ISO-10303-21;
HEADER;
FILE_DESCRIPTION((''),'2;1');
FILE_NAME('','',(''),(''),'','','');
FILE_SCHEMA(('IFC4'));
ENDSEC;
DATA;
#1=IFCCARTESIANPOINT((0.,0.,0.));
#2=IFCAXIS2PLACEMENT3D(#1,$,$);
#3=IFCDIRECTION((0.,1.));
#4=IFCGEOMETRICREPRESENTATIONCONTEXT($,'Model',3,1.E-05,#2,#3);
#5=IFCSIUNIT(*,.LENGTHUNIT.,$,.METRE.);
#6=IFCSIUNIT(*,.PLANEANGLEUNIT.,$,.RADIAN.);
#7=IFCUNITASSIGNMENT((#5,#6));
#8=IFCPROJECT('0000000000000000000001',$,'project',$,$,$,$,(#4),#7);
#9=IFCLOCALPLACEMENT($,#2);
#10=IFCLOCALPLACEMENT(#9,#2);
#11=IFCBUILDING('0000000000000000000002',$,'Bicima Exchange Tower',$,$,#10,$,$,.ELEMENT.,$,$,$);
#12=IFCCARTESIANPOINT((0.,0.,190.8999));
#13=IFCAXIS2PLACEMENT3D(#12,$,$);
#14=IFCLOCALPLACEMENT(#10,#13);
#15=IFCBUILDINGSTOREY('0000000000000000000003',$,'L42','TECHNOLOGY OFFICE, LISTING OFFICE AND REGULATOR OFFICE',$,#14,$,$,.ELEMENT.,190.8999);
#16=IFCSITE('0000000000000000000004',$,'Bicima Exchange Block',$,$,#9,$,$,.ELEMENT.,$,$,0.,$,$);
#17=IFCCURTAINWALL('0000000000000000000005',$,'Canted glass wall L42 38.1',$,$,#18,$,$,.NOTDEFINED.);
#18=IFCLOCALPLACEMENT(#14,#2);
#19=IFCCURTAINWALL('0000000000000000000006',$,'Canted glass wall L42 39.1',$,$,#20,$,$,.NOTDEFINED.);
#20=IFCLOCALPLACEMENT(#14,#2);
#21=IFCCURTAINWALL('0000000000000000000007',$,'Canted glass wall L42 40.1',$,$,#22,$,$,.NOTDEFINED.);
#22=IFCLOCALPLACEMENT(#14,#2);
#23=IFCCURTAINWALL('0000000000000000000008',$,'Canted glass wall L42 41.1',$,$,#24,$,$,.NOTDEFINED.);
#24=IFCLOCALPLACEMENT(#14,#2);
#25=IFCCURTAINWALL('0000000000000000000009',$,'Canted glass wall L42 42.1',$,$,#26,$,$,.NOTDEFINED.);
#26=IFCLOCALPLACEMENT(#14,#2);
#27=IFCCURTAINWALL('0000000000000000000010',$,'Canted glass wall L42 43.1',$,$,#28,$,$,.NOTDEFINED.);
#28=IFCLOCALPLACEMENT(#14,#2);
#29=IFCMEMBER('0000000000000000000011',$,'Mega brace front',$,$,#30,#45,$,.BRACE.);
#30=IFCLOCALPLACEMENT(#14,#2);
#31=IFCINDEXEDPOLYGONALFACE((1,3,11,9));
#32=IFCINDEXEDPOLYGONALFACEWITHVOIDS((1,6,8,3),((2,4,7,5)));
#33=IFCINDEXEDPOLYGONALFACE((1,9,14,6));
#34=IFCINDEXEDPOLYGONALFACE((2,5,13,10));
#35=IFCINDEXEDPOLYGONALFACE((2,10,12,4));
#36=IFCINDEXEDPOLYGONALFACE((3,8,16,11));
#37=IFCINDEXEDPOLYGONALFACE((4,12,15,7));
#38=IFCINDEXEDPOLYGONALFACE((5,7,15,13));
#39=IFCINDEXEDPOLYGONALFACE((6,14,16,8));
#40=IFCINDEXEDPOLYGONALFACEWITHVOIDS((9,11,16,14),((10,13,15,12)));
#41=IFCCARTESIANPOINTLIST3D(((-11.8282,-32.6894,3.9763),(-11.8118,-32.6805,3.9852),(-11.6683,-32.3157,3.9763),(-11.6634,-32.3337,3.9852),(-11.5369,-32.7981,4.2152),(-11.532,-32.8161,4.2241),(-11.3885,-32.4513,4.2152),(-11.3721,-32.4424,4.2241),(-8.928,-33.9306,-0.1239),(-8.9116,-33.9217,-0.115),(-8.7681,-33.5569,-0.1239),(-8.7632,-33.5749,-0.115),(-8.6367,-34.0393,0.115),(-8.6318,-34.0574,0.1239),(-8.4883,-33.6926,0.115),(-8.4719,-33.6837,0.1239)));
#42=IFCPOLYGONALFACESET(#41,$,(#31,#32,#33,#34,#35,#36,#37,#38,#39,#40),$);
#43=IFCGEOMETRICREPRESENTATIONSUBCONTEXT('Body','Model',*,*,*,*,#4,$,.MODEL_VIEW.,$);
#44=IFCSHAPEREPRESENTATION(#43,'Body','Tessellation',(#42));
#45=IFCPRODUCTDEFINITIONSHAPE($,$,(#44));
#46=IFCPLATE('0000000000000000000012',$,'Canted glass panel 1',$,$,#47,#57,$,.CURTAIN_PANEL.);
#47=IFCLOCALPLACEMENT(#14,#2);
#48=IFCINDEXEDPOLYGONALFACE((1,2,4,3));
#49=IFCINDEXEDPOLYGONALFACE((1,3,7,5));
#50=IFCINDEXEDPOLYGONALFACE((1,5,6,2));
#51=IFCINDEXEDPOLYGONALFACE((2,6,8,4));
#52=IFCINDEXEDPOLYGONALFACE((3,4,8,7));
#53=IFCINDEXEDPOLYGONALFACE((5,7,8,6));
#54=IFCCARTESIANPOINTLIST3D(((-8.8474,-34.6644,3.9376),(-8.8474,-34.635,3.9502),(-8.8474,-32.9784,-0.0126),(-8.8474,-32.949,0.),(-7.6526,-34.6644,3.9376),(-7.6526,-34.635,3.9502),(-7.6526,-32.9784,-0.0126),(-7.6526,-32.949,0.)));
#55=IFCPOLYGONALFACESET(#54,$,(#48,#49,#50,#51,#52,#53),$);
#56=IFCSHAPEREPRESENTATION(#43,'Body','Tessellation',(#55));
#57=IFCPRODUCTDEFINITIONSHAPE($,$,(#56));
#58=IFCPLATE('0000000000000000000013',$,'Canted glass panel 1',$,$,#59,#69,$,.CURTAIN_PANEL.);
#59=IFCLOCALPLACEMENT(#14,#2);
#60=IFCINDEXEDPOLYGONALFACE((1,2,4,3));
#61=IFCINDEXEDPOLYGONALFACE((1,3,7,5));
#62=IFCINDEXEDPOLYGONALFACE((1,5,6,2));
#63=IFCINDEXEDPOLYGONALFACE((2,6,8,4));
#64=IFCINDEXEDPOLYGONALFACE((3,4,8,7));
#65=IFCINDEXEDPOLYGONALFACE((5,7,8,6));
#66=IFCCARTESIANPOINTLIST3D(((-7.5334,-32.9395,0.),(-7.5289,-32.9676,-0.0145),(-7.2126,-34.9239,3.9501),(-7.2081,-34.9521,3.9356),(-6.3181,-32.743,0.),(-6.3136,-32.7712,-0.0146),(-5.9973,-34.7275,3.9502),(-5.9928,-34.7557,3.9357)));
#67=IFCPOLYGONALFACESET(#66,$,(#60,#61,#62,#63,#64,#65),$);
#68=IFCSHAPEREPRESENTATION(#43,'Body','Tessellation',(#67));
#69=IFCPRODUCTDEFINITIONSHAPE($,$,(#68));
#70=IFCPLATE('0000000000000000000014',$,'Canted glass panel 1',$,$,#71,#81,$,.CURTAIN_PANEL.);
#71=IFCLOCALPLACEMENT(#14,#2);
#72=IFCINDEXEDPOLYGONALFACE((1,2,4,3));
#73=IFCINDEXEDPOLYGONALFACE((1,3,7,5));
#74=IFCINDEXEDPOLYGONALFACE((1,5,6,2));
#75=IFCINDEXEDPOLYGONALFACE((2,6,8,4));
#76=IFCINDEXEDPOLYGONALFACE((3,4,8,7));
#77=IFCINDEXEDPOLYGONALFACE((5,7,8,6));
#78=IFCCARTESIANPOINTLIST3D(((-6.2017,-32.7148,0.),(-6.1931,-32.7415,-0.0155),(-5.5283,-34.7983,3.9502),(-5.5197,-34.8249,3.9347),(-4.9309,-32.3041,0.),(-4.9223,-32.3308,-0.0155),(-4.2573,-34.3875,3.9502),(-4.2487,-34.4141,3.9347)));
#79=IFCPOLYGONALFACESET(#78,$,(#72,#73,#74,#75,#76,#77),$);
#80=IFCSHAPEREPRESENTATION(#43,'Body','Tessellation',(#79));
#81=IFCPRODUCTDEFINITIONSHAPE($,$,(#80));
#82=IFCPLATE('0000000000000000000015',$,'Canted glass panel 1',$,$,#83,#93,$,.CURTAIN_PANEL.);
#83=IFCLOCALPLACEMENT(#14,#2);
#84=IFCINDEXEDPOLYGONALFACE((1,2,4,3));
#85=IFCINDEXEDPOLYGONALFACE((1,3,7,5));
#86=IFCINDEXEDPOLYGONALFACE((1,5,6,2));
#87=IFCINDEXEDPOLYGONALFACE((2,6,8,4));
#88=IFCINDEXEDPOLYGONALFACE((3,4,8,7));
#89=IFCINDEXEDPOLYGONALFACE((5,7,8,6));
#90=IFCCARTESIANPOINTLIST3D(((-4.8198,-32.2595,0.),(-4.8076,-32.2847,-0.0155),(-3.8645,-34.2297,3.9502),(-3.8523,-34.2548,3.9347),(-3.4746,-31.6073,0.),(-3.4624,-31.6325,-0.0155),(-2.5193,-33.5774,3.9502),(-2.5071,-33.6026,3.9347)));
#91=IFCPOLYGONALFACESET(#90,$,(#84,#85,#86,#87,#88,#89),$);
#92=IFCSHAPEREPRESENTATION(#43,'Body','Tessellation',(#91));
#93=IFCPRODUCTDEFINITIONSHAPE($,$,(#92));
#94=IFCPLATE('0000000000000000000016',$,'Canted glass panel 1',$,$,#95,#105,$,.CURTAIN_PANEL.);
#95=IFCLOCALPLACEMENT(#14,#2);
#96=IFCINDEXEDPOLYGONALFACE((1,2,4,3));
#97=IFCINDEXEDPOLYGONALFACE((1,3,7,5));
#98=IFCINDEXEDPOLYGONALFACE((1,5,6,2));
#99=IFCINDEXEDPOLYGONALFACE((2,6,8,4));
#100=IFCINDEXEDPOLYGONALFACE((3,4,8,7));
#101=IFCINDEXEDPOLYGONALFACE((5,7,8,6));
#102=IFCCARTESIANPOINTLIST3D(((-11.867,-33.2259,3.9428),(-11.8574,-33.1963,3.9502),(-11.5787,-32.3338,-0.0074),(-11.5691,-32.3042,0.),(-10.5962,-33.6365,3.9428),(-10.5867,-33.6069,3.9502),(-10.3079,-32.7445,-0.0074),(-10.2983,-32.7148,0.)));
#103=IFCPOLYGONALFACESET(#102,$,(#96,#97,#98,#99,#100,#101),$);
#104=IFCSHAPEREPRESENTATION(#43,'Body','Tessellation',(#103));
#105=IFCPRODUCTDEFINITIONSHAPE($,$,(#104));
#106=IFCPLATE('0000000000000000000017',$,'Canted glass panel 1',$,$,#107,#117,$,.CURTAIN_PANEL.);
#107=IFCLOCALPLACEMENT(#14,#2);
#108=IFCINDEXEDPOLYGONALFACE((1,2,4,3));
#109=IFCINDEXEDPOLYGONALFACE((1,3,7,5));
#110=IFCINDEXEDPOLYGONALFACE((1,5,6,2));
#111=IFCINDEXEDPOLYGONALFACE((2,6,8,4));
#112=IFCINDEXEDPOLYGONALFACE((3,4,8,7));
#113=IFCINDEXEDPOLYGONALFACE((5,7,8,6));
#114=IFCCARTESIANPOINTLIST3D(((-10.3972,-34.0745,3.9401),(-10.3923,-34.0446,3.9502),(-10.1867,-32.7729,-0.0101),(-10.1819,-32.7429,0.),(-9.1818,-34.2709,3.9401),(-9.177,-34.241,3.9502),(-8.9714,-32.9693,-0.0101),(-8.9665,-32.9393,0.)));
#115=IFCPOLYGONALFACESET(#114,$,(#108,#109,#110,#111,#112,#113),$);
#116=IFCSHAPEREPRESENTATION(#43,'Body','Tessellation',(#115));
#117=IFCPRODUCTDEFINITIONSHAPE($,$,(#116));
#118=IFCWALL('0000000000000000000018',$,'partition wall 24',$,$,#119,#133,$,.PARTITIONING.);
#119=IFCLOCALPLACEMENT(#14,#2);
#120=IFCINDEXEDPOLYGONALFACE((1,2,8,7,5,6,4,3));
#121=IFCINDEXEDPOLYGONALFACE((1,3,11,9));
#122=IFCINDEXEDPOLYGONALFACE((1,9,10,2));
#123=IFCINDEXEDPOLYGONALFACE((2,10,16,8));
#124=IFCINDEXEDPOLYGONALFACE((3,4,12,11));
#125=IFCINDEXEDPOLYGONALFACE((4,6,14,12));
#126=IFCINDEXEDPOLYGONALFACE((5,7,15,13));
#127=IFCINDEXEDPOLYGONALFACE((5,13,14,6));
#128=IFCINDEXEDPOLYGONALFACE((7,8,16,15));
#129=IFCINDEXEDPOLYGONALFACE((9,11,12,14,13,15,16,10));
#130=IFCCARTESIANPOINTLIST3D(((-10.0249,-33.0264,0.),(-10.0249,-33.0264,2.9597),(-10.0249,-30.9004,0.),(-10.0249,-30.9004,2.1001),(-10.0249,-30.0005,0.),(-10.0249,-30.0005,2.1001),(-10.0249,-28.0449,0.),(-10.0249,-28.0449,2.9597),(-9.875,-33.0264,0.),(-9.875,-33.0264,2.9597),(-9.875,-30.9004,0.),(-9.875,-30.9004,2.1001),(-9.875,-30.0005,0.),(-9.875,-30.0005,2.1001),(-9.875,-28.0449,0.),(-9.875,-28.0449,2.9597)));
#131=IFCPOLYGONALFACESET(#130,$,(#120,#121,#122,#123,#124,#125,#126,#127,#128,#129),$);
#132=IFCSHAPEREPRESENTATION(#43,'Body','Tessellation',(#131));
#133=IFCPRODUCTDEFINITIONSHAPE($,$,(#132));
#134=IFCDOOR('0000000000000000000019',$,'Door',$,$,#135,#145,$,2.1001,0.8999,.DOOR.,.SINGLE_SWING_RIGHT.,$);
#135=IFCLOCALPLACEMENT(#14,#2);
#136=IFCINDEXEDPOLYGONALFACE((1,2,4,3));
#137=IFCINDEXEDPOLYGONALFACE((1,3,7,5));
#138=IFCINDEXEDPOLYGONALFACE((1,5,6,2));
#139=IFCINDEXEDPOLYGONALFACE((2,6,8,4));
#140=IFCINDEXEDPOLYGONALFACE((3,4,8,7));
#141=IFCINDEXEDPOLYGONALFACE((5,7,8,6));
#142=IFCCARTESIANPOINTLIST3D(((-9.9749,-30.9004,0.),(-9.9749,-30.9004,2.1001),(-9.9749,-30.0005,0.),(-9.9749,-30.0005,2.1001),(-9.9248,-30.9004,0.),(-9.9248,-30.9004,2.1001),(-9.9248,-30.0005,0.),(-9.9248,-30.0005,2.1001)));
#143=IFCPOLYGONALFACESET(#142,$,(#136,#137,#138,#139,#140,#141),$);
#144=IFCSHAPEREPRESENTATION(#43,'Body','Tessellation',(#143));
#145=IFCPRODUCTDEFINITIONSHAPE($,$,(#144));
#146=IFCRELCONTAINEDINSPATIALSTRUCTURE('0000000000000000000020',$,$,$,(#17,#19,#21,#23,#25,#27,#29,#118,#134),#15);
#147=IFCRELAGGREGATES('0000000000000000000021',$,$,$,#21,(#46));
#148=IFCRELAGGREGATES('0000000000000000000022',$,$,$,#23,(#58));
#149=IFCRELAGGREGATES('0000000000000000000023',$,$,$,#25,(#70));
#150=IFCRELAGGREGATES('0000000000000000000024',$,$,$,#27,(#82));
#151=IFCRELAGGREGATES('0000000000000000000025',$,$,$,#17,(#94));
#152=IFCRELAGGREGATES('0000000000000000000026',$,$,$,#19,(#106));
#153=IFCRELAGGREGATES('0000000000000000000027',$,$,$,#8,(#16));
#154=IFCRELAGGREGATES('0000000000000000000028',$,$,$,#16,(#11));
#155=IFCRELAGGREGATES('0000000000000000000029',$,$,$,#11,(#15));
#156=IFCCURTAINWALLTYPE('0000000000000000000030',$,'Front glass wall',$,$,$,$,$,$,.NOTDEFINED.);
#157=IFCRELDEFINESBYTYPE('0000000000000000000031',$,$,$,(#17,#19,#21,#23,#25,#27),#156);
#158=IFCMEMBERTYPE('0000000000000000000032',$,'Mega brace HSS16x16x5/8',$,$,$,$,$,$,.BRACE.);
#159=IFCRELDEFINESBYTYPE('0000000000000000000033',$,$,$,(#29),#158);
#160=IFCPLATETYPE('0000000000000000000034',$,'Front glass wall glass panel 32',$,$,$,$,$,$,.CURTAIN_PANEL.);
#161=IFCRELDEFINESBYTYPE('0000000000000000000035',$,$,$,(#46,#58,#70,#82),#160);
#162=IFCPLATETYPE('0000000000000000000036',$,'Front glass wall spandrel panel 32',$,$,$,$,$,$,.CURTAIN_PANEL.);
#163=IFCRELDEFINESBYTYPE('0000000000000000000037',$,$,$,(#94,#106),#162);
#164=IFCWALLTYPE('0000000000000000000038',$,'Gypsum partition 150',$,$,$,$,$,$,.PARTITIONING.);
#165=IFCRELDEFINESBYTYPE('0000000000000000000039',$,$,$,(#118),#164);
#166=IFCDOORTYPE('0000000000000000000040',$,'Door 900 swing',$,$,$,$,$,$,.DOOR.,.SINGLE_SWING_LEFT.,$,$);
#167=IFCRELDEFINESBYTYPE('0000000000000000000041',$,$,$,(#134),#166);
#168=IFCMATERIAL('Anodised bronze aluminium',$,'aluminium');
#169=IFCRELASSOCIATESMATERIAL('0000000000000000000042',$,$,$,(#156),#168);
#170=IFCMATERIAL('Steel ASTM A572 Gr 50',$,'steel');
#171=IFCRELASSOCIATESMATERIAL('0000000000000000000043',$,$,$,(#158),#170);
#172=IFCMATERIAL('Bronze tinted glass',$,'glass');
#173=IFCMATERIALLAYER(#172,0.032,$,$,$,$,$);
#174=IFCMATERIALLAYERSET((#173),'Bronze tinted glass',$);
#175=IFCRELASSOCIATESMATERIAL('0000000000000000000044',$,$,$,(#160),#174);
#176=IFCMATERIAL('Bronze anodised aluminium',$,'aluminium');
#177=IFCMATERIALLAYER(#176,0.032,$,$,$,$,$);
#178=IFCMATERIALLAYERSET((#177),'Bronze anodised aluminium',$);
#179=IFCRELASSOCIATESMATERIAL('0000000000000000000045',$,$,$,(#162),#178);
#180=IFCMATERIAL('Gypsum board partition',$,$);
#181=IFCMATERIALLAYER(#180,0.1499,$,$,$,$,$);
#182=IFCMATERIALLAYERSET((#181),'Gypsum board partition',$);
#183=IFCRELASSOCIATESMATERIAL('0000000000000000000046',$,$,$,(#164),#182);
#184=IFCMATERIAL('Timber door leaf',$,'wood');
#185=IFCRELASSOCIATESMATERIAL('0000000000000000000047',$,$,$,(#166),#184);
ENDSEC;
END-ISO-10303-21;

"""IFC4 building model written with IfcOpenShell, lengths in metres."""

from ifc_helpers import new_model, si_unit, direction, frame, frame_2d, origin, origin_2d, place, context, subcontext, project, spatial, polyline, rectangle, hollow_rectangle, outline, extrude, material, layer, layer_set, material_profile, profile_set, type_object, element, fill, aggregate, save


model = new_model("IFC4")

# Units and contexts
model_context = context("Model", 3, precision=1e-05, world=origin(), true_north=direction((0.0, 1.0)))
body_context = subcontext(model_context, "Body", "Model", "MODEL_VIEW")
ifc_project = project(units=[si_unit("LENGTHUNIT", "METRE"), si_unit("PLANEANGLEUNIT", "RADIAN")], contexts=[model_context])

# Site, building, storey
site_placement = place(None, origin())
site = spatial("IfcSite", under=ifc_project, at=site_placement, Name="Bicima Exchange Block", CompositionType="ELEMENT", RefElevation=0.0)
building_placement = place(site_placement, origin())
building = spatial("IfcBuilding", under=site, at=building_placement, Name="Bicima Exchange Tower", CompositionType="ELEMENT")
storey_placement = place(building_placement, frame((0.0, 0.0, 190.8999)))
storey = spatial("IfcBuildingStorey", under=building, at=storey_placement, Name="L42", Description="TECHNOLOGY OFFICE, LISTING OFFICE AND REGULATOR OFFICE", CompositionType="ELEMENT", Elevation=190.8999)

# Shared definitions
ifc_material_1 = material(Name="Anodised bronze aluminium", Category="aluminium")
curtain_wall_type = type_object("IfcCurtainWallType", Name="Front glass wall", PredefinedType="NOTDEFINED", material=ifc_material_1)

# Curtain walls
curtain_wall_1_placement = place(storey_placement, origin())
curtain_wall_1 = element("IfcCurtainWall", 1, at=curtain_wall_1_placement, inside=storey, type_object=curtain_wall_type, Name="Canted glass wall L42 38.1", PredefinedType="NOTDEFINED")
curtain_wall_2_placement = place(storey_placement, origin())
curtain_wall_2 = element("IfcCurtainWall", 2, at=curtain_wall_2_placement, inside=storey, type_object=curtain_wall_type, Name="Canted glass wall L42 39.1", PredefinedType="NOTDEFINED")
curtain_wall_3_placement = place(storey_placement, origin())
curtain_wall_3 = element("IfcCurtainWall", 3, at=curtain_wall_3_placement, inside=storey, type_object=curtain_wall_type, Name="Canted glass wall L42 40.1", PredefinedType="NOTDEFINED")
curtain_wall_4_placement = place(storey_placement, origin())
curtain_wall_4 = element("IfcCurtainWall", 4, at=curtain_wall_4_placement, inside=storey, type_object=curtain_wall_type, Name="Canted glass wall L42 41.1", PredefinedType="NOTDEFINED")
curtain_wall_5_placement = place(storey_placement, origin())
curtain_wall_5 = element("IfcCurtainWall", 5, at=curtain_wall_5_placement, inside=storey, type_object=curtain_wall_type, Name="Canted glass wall L42 42.1", PredefinedType="NOTDEFINED")

# Curtain wall
curtain_wall_6_placement = place(storey_placement, origin())
curtain_wall_6 = element("IfcCurtainWall", 6, at=curtain_wall_6_placement, inside=storey, type_object=curtain_wall_type, Name="Canted glass wall L42 43.1", PredefinedType="NOTDEFINED")

# Member
ifc_material_2 = material(Name="Steel ASTM A572 Gr 50", Category="steel")
ifc_material_profile_1 = material_profile(ifc_material_2, hollow_rectangle(XDim=0.4065, YDim=0.4065, WallThickness=0.0146, at=origin_2d()))
ifc_profile_set_1 = profile_set([ifc_material_profile_1], Name="Steel ASTM A572 Gr 50")
member_type_1 = type_object("IfcMemberType", Name="Mega brace HSS16x16x5/8", PredefinedType="BRACE", material=ifc_profile_set_1)
member_1_placement = place(storey_placement, frame((-8.7, -33.8071, 0.0), z_axis=(-0.560607, 0.23993, 0.792561), x_axis=(-0.393462, -0.919341, 0.0)))
element("IfcMember", 7, at=member_1_placement, inside=storey, type_object=member_type_1, Name="Mega brace front", PredefinedType="BRACE", context=body_context, shape_type="SweptSolid", body=[
    extrude(hollow_rectangle(XDim=0.4065, YDim=0.4065, WallThickness=0.0146, at=origin_2d()), origin(), (0.0, 0.0, 1.0), 5.1733),
])

# Plates
ifc_material_3 = material(Name="Bronze tinted glass", Category="glass")
ifc_layer_1 = layer(ifc_material_3, 0.032)
ifc_layer_set_1 = layer_set([ifc_layer_1], Name="Bronze tinted glass")
plate_type_1 = type_object("IfcPlateType", Name="Front glass wall glass panel 32", PredefinedType="CURTAIN_PANEL", material=ifc_layer_set_1)
plate_1_placement = place(storey_placement, frame((-8.8474, -32.949, 0.0), z_axis=(0.0, 0.919726, 0.392561), x_axis=(1.0, 0.0, 0.0)))
plate_1 = element("IfcPlate", 8, at=plate_1_placement, type_object=plate_type_1, Name="Canted glass panel 1", PredefinedType="CURTAIN_PANEL", context=body_context, shape_type="SweptSolid", body=[
    extrude(outline(polyline([(0.0, 0.0), (1.1948, 0.0), (1.1948, -4.295), (0.0, -4.295), (0.0, 0.0)])), origin(), (0.0, 0.0, -1.0), 0.032),
])
aggregate(curtain_wall_3, [plate_1])
plate_2_placement = place(storey_placement, frame((-7.5334, -32.9395, 0.0), z_axis=(-0.142188, 0.879816, 0.453549), x_axis=(0.987188, 0.159561, -0.00004)))
plate_2 = element("IfcPlate", 9, at=plate_2_placement, type_object=plate_type_1, Name="Canted glass panel 1", PredefinedType="CURTAIN_PANEL", context=body_context, shape_type="SweptSolid", body=[
    extrude(outline(polyline([(0.0, 0.0), (1.2311, 0.0), (1.231, -4.4323), (-0.0001, -4.4322), (0.0, 0.0)])), origin(), (0.0, 0.0, -1.0), 0.032),
])
aggregate(curtain_wall_4, [plate_2])
plate_3_placement = place(storey_placement, frame((-6.2017, -32.7148, 0.0), z_axis=(-0.268993, 0.832238, 0.484791), x_axis=(0.951536, 0.307537, 0.000025)))
plate_3 = element("IfcPlate", 10, at=plate_3_placement, type_object=plate_type_1, Name="Canted glass panel 1", PredefinedType="CURTAIN_PANEL", context=body_context, shape_type="SweptSolid", body=[
    extrude(outline(polyline([(0.0, 0.0), (1.3355, 0.0), (1.3358, -4.5164), (0.0001, -4.5165), (0.0, 0.0)])), origin(), (0.0, 0.0, -1.0), 0.032),
])
aggregate(curtain_wall_5, [plate_3])
plate_4_placement = place(storey_placement, frame((-4.8198, -32.2595, 0.0), z_axis=(-0.381577, 0.787007, 0.484788), x_axis=(0.899823, 0.436256, 0.000031)))
plate_4 = element("IfcPlate", 11, at=plate_4_placement, type_object=plate_type_1, Name="Canted glass panel 1", PredefinedType="CURTAIN_PANEL", context=body_context, shape_type="SweptSolid", body=[
    extrude(outline(polyline([(0.0, 0.0), (1.4949, 0.0), (1.4953, -4.5164), (0.0002, -4.5165), (0.0, 0.0)])), origin(), (0.0, 0.0, -1.0), 0.032),
])
aggregate(curtain_wall_6, [plate_4])
ifc_material_4 = material(Name="Bronze anodised aluminium", Category="aluminium")
ifc_layer_2 = layer(ifc_material_4, 0.032)
ifc_layer_set_2 = layer_set([ifc_layer_2], Name="Bronze anodised aluminium")
plate_type_2 = type_object("IfcPlateType", Name="Front glass wall spandrel panel 32", PredefinedType="CURTAIN_PANEL", material=ifc_layer_set_2)
plate_5_placement = place(storey_placement, frame((-11.5691, -32.3042, 0.0), z_axis=(0.299183, 0.925832, 0.230922), x_axis=(0.95155, -0.307494, 0.0)))
plate_5 = element("IfcPlate", 12, at=plate_5_placement, type_object=plate_type_2, Name="Canted glass panel 1", PredefinedType="CURTAIN_PANEL", context=body_context, shape_type="SweptSolid", body=[
    extrude(outline(polyline([(0.0, 0.0), (1.3355, 0.0), (1.3354, -4.0599), (0.0, -4.0599), (0.0, 0.0)])), origin(), (0.0, 0.0, -1.0), 0.032),
])
aggregate(curtain_wall_1, [plate_5])
plate_6_placement = place(storey_placement, frame((-10.1819, -32.7429, 0.0), z_axis=(0.151333, 0.936403, 0.316618), x_axis=(0.98719, -0.159551, 0.000029)))
plate_6 = element("IfcPlate", 13, at=plate_6_placement, type_object=plate_type_2, Name="Canted glass panel 1", PredefinedType="CURTAIN_PANEL", context=body_context, shape_type="SweptSolid", body=[
    extrude(outline(polyline([(0.0, 0.0), (1.2311, 0.0), (1.2311, -4.1644), (0.0001, -4.1645), (0.0, 0.0)])), origin(), (0.0, 0.0, -1.0), 0.032),
])
aggregate(curtain_wall_2, [plate_6])

# Wall, opening, door
ifc_material_5 = material(Name="Gypsum board partition")
ifc_layer_3 = layer(ifc_material_5, 0.1499)
ifc_layer_set_3 = layer_set([ifc_layer_3], Name="Gypsum board partition")
wall_type = type_object("IfcWallType", Name="Gypsum partition 150", PredefinedType="PARTITIONING", material=ifc_layer_set_3)
wall_placement = place(storey_placement, frame((-9.95, -33.0264, 0.0), z_axis=(0.0, 0.0, 1.0), x_axis=(0.0, 1.0, 0.0)))
wall = element("IfcWall", 14, at=wall_placement, inside=storey, type_object=wall_type, Name="partition wall 24", PredefinedType="PARTITIONING", context=body_context, shape_type="SweptSolid", body=[
    extrude(rectangle(XDim=4.9814, YDim=0.1499, at=frame_2d((2.4907, 0.0))), origin(), (0.0, 0.0, 1.0), 2.9597),
])
opening_placement = place(wall_placement, frame((2.126, 0.0, 0.0)))
opening = element("IfcOpeningElement", 15, at=opening_placement, cuts=wall, PredefinedType="OPENING", context=body_context, shape_type="SweptSolid", body=[
    extrude(rectangle(XDim=0.8999, YDim=2.1001, at=frame_2d((0.45, 1.05))), frame((0.0, 0.0869, 0.0), z_axis=(0.0, -1.0, 0.0), x_axis=(1.0, 0.0, 0.0)), (0.0, 0.0, 1.0), 0.1738),
])
ifc_material_6 = material(Name="Timber door leaf", Category="wood")
door_type = type_object("IfcDoorType", Name="Door 900 swing", OperationType="SINGLE_SWING_LEFT", PredefinedType="DOOR", material=ifc_material_6)
door_placement = place(opening_placement, origin())
door = element("IfcDoor", 16, at=door_placement, inside=storey, type_object=door_type, Name="Door", OperationType="SINGLE_SWING_RIGHT", OverallHeight=2.1001, OverallWidth=0.8999, PredefinedType="DOOR", context=body_context, shape_type="SweptSolid", body=[
    extrude(rectangle(XDim=0.8999, YDim=2.1001, at=frame_2d((0.45, 1.05))), frame((0.0, 0.0249, 0.0), z_axis=(0.0, -1.0, 0.0), x_axis=(1.0, 0.0, 0.0)), (0.0, 0.0, 1.0), 0.05),
])
fill(opening, door)

save(model, "model.ifc")
